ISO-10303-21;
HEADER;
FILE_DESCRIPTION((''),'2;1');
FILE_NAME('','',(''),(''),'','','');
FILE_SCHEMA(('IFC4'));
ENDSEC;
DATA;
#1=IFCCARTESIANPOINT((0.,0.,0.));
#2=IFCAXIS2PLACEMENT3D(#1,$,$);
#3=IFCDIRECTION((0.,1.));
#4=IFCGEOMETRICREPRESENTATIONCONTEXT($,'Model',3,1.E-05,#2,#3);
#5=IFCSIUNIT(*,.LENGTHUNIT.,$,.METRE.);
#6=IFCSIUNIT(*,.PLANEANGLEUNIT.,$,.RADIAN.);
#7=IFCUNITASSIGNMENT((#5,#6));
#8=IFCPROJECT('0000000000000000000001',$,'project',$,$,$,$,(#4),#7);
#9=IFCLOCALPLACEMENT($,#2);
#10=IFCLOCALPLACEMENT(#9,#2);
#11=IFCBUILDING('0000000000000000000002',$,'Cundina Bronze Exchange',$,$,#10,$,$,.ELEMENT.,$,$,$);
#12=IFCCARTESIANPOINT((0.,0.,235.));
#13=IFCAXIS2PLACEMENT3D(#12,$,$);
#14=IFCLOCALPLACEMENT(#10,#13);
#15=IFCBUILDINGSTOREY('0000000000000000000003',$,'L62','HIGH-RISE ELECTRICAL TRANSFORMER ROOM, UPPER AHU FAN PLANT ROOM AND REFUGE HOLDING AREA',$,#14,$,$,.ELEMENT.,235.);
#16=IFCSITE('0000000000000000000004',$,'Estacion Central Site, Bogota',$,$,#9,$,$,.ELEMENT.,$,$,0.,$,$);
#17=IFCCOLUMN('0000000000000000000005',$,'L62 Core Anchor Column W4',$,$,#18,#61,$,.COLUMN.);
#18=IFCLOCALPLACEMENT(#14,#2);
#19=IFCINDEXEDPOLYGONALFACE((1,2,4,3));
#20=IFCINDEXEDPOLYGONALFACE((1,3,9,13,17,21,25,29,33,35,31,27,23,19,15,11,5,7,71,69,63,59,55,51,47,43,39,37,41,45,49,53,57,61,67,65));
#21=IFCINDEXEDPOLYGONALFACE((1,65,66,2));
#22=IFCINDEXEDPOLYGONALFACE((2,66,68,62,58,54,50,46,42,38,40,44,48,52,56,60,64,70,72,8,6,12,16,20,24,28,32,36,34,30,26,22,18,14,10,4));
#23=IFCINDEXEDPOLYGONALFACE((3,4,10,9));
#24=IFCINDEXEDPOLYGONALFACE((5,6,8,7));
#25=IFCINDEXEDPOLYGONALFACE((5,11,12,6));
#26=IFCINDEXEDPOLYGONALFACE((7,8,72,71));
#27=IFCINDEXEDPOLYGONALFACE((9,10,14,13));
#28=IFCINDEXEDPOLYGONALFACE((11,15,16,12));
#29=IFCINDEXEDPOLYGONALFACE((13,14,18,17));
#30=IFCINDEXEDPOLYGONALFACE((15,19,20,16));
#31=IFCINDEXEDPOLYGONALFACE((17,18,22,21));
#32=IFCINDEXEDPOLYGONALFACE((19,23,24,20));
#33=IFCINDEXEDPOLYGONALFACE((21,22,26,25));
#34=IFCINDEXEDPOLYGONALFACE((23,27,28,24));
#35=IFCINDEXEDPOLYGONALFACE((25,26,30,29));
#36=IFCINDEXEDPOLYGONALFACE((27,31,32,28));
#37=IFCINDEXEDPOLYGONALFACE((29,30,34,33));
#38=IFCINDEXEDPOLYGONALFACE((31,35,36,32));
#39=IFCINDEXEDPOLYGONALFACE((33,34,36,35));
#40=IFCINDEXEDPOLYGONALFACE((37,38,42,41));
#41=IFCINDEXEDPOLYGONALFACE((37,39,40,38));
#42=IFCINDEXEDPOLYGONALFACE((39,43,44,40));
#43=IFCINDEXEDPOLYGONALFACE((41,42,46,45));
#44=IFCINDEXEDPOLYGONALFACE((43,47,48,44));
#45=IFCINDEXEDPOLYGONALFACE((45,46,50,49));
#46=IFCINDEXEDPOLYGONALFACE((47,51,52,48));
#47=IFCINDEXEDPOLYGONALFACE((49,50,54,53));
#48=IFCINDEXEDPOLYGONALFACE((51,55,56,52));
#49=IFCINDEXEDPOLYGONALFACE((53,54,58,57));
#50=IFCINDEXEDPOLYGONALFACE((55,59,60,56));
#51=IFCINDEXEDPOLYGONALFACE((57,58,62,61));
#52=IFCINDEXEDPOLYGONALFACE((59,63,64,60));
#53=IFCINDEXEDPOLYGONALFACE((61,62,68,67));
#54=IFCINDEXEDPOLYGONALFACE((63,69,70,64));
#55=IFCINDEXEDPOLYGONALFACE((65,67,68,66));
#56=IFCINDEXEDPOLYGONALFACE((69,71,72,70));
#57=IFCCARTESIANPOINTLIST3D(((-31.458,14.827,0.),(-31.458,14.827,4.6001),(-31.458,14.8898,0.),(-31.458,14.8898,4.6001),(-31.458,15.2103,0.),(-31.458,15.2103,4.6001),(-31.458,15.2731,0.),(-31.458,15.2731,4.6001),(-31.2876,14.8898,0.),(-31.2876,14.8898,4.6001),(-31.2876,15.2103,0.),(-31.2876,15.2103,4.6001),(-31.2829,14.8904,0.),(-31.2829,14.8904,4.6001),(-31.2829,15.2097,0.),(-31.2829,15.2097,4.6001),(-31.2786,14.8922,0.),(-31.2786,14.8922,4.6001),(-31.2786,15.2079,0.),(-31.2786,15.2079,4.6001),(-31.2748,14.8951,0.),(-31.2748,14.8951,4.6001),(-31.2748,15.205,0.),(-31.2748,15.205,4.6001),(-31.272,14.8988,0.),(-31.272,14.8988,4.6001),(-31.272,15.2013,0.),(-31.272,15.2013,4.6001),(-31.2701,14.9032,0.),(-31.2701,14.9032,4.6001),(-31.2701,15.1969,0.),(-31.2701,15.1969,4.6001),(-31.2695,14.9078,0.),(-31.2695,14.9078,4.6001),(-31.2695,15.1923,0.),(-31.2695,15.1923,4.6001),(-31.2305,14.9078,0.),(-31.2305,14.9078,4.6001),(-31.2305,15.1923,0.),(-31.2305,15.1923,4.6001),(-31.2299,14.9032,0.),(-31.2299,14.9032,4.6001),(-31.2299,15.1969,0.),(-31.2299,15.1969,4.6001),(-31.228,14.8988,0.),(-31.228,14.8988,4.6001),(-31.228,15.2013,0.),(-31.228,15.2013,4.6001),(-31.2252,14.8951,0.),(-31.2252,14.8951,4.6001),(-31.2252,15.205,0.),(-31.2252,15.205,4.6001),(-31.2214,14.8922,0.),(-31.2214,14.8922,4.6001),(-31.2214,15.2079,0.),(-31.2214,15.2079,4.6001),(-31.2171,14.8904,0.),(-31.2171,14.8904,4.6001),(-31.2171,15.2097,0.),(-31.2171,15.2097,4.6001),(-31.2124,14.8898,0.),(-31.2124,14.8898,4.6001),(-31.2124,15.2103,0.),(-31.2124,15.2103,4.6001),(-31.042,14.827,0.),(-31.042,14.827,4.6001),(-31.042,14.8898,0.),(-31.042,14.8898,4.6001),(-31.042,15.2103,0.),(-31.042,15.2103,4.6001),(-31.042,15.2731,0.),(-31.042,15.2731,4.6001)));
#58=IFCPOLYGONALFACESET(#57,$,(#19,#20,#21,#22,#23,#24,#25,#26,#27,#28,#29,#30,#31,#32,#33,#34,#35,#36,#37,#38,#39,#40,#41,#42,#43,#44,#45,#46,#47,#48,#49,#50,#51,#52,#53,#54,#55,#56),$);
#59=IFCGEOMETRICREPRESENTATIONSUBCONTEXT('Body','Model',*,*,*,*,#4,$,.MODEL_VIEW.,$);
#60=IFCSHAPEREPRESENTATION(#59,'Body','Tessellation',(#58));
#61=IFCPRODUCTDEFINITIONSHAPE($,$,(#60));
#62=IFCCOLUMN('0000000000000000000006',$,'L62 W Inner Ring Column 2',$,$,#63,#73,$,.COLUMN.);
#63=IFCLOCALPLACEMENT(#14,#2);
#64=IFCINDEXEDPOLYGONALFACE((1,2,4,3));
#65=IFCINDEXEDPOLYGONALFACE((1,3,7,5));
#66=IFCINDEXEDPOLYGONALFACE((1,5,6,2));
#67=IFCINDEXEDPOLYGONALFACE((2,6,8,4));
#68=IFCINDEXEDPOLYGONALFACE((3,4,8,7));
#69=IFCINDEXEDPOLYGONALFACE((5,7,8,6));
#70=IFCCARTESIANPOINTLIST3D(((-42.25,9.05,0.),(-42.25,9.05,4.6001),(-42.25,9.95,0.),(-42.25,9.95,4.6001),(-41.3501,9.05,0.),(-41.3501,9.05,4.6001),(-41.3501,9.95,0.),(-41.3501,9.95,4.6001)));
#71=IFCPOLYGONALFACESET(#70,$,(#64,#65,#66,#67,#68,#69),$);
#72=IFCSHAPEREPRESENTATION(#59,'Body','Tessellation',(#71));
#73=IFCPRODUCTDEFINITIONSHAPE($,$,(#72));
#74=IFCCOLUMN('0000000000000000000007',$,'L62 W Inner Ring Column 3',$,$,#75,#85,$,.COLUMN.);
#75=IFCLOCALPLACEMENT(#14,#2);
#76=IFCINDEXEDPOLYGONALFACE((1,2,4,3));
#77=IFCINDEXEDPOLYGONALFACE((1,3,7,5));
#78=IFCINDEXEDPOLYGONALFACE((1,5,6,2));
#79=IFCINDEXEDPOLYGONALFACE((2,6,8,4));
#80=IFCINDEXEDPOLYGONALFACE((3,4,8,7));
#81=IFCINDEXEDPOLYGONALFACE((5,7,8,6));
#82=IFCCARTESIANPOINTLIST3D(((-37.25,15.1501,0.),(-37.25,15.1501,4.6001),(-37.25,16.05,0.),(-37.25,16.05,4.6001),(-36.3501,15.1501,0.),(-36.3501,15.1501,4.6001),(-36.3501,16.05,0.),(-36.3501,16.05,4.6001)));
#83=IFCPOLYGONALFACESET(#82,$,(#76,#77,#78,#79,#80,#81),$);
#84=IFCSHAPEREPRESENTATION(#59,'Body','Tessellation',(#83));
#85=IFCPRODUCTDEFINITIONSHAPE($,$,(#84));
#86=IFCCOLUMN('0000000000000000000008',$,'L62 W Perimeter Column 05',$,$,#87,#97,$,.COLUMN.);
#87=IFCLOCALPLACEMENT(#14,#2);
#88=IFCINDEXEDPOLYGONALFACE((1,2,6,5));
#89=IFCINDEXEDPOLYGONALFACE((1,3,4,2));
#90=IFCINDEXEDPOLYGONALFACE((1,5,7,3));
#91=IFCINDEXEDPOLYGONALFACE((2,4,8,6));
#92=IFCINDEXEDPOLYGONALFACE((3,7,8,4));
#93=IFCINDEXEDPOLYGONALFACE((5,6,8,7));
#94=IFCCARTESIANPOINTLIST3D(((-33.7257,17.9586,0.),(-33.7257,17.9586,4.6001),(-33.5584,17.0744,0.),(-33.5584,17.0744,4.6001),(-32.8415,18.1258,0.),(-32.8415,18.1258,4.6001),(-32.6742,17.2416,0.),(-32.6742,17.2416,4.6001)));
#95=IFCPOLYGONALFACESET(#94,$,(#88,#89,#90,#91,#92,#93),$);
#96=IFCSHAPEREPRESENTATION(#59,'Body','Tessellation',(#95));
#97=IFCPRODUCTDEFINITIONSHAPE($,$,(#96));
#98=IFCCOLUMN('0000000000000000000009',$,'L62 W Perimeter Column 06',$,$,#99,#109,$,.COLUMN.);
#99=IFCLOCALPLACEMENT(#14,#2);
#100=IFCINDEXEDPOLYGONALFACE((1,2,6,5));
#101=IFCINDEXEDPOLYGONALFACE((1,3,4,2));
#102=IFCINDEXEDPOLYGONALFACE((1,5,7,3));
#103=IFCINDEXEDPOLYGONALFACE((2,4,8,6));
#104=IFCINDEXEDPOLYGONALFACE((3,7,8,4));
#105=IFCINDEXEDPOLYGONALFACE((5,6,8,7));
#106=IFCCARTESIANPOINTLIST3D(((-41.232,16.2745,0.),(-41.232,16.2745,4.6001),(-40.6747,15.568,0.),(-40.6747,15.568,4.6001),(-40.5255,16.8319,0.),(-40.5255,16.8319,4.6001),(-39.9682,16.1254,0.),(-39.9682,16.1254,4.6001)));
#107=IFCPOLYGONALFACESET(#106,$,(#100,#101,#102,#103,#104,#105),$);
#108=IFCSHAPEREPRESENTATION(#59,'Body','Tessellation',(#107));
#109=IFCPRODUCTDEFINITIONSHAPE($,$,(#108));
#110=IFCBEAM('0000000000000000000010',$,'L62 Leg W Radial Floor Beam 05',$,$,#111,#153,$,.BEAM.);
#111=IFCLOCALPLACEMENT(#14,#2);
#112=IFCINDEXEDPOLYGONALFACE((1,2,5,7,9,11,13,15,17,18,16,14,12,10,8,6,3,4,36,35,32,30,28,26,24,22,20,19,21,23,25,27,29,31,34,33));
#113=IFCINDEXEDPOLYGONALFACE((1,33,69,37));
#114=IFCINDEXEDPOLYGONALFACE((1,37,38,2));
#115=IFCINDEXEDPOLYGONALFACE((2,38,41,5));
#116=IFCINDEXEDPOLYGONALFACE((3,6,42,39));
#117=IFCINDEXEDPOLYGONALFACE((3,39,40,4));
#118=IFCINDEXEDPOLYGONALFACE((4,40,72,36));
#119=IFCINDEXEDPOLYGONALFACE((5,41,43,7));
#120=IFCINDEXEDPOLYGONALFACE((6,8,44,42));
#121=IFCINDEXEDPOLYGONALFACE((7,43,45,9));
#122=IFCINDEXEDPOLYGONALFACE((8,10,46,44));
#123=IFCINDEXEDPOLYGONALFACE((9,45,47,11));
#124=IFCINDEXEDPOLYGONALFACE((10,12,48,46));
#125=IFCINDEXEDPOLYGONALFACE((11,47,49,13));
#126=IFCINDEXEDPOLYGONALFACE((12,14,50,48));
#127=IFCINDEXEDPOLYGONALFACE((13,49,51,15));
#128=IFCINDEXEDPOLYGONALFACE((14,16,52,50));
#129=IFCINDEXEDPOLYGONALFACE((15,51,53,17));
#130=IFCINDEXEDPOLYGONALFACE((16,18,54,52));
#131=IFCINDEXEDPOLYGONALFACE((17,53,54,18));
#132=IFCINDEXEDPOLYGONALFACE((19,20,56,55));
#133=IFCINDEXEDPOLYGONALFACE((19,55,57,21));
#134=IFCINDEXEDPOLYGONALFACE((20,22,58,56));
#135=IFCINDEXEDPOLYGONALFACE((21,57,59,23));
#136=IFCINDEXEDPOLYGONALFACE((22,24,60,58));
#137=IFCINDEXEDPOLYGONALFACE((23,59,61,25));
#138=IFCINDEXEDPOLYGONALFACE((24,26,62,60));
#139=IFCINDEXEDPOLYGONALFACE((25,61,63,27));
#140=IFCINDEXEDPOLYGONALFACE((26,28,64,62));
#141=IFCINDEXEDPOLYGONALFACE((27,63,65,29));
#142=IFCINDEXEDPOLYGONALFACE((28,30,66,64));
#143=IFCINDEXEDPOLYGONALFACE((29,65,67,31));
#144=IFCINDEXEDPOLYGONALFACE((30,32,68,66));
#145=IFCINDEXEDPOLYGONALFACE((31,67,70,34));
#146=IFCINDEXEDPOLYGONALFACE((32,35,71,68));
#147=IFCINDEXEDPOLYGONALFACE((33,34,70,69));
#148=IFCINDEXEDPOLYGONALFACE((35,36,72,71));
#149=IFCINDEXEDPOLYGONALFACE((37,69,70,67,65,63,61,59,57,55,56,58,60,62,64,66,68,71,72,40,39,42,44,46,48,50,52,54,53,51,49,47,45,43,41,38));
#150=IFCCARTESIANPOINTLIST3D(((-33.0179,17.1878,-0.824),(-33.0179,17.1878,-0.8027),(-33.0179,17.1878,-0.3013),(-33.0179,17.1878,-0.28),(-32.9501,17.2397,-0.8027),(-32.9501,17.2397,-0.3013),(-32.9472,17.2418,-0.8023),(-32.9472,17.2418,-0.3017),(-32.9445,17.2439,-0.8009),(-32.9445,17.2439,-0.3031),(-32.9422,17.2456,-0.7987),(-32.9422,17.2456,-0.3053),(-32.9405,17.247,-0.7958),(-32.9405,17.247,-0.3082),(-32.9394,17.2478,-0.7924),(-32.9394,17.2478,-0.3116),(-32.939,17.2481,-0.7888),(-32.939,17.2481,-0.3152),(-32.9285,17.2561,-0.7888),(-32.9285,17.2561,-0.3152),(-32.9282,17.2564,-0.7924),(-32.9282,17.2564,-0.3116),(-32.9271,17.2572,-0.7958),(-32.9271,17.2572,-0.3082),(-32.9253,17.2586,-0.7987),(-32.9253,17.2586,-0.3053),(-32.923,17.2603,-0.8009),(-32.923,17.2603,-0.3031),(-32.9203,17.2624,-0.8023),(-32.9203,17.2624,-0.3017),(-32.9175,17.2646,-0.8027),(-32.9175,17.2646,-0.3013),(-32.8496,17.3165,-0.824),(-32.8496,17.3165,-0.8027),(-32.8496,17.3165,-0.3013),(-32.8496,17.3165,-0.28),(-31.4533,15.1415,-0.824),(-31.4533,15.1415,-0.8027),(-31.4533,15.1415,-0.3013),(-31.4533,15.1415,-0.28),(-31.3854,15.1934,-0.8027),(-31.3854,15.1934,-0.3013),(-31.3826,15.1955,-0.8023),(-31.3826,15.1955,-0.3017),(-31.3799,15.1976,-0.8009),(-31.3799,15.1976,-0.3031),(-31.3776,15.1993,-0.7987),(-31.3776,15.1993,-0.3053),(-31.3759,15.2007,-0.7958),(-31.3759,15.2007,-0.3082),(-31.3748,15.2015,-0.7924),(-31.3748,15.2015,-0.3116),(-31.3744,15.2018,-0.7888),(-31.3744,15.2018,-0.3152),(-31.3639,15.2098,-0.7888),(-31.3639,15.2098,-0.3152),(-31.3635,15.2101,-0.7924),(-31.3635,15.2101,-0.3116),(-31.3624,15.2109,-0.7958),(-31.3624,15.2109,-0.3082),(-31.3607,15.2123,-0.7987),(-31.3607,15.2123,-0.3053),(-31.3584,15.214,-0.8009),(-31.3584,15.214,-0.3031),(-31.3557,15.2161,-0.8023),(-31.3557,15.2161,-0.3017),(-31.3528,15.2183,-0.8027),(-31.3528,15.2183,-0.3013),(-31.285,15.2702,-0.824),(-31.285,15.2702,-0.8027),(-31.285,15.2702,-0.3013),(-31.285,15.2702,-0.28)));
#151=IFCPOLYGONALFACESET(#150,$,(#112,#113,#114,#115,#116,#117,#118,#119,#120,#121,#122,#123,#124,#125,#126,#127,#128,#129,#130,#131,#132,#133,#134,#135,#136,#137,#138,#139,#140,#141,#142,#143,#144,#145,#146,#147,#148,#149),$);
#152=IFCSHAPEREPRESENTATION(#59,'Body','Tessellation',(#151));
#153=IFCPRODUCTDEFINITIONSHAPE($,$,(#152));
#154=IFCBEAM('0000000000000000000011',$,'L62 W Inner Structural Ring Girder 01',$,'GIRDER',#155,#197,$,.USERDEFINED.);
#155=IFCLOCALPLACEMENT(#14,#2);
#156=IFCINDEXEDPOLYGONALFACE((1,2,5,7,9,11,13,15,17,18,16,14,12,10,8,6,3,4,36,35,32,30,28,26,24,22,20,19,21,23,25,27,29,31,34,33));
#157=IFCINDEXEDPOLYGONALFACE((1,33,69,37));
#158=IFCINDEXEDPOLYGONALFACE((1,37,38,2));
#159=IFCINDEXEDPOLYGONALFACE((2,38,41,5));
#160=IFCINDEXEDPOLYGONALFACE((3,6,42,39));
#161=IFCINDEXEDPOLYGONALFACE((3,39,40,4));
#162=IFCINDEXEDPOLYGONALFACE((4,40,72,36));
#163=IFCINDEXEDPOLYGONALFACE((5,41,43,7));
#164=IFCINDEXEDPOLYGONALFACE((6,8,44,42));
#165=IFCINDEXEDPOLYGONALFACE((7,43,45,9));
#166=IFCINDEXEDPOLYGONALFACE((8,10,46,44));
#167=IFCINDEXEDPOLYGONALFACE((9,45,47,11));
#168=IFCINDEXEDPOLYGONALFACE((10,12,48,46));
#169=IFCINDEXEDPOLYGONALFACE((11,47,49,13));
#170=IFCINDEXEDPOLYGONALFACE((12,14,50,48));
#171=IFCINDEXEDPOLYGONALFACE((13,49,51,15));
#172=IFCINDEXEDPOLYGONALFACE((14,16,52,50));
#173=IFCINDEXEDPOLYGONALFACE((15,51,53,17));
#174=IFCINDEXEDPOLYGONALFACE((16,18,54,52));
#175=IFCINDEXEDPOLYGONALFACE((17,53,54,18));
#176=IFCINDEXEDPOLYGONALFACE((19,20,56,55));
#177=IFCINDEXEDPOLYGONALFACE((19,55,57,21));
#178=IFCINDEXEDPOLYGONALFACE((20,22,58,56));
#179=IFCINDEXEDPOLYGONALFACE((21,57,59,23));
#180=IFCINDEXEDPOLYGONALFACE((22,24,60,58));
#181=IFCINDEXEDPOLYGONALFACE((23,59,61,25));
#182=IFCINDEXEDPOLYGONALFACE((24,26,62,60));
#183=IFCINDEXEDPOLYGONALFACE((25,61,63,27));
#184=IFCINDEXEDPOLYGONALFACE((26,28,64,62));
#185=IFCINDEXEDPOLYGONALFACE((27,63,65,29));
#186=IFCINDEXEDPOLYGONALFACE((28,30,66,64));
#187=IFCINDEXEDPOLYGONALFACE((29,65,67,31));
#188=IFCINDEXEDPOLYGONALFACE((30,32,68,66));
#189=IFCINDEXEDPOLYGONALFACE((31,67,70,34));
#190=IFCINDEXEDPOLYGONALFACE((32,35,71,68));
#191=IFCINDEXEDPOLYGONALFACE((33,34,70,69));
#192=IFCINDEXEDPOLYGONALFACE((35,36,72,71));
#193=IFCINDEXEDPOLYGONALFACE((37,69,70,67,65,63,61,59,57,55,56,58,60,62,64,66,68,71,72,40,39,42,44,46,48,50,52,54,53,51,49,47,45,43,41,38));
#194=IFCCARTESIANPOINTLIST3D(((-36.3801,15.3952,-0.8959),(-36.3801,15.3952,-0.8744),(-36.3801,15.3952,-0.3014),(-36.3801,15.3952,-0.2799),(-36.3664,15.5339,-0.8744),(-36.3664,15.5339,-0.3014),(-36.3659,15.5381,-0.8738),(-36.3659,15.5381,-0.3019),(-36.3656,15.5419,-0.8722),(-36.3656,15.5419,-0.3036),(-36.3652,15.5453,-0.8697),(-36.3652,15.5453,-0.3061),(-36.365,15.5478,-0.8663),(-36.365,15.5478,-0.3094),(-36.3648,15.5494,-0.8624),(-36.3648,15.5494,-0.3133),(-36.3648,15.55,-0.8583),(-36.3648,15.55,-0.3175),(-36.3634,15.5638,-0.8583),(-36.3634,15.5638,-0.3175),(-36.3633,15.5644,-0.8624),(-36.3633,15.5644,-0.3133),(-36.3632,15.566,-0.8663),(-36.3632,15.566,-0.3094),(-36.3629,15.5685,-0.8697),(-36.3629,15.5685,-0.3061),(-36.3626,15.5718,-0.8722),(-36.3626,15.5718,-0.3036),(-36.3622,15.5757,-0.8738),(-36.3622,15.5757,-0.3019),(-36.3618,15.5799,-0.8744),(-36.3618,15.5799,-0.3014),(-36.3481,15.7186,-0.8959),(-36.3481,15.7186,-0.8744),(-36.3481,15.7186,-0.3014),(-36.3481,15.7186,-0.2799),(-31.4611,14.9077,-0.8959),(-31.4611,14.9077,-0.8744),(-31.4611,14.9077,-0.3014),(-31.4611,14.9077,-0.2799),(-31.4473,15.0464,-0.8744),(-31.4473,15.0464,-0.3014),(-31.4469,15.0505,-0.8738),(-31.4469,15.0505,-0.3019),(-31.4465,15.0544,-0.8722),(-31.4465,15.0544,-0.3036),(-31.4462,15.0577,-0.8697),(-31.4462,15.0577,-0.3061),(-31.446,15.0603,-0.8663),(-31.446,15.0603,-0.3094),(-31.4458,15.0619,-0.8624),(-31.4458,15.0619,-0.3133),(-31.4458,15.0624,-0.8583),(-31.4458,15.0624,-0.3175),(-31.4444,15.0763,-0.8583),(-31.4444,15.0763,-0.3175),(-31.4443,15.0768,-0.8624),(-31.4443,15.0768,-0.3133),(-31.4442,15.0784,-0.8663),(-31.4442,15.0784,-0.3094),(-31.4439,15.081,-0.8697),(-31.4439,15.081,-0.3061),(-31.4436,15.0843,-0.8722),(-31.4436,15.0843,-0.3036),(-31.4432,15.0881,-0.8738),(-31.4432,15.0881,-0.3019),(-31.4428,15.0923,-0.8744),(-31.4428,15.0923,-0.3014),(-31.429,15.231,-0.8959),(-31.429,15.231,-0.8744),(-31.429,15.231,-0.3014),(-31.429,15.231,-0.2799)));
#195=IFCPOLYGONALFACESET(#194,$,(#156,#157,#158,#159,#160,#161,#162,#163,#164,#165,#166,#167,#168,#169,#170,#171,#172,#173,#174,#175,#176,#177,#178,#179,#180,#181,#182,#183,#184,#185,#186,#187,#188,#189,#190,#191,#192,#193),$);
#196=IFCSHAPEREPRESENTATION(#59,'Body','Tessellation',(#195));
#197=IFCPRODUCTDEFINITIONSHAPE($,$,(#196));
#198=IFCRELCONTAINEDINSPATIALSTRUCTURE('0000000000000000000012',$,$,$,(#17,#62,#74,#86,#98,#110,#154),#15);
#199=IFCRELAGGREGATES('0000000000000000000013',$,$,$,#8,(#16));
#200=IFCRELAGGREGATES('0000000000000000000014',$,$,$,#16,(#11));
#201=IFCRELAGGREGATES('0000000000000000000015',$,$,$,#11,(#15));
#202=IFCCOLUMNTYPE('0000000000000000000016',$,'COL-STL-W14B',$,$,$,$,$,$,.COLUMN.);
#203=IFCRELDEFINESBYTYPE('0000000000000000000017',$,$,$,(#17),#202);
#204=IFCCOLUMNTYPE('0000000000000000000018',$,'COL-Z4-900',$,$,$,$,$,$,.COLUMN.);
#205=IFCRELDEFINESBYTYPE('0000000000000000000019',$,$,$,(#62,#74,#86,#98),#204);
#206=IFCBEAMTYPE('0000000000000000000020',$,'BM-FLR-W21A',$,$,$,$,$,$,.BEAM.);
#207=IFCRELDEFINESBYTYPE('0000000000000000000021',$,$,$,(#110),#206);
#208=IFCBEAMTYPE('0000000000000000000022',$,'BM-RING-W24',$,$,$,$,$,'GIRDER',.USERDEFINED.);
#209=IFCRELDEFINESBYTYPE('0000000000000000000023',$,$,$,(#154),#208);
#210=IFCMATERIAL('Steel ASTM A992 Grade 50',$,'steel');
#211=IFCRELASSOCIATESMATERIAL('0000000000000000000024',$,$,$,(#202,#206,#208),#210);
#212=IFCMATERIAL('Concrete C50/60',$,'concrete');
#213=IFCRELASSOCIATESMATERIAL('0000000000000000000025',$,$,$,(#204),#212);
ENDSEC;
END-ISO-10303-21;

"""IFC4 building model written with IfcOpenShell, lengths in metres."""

from ifc_helpers import new_model, si_unit, direction, frame, origin, origin_2d, place, context, subcontext, project, spatial, rectangle, i_section, extrude, material, material_profile, profile_set, type_object, element, save


model = new_model("IFC4")

# Units and contexts
model_context = context("Model", 3, precision=1e-05, world=origin(), true_north=direction((0.0, 1.0)))
body_context = subcontext(model_context, "Body", "Model", "MODEL_VIEW")
ifc_project = project(units=[si_unit("LENGTHUNIT", "METRE"), si_unit("PLANEANGLEUNIT", "RADIAN")], contexts=[model_context])

# Site, building, storey
site_placement = place(None, origin())
site = spatial("IfcSite", under=ifc_project, at=site_placement, Name="Estacion Central Site, Bogota", CompositionType="ELEMENT", RefElevation=0.0)
building_placement = place(site_placement, origin())
building = spatial("IfcBuilding", under=site, at=building_placement, Name="Cundina Bronze Exchange", CompositionType="ELEMENT")
storey_placement = place(building_placement, frame((0.0, 0.0, 235.0)))
storey = spatial("IfcBuildingStorey", under=building, at=storey_placement, Name="L62", Description="HIGH-RISE ELECTRICAL TRANSFORMER ROOM, UPPER AHU FAN PLANT ROOM AND REFUGE HOLDING AREA", CompositionType="ELEMENT", Elevation=235.0)

# Columns
ifc_material_1 = material(Name="Steel ASTM A992 Grade 50", Category="steel")
ifc_material_profile_1 = material_profile(ifc_material_1, i_section(OverallWidth=0.416, OverallDepth=0.446, WebThickness=0.0391, FlangeThickness=0.0627, FilletRadius=0.0181, at=origin_2d()), Name="W14X342", Category="steel")
ifc_profile_set_1 = profile_set([ifc_material_profile_1], Name="Steel ASTM A992 Grade 50")
column_type_1 = type_object("IfcColumnType", Name="COL-STL-W14B", PredefinedType="COLUMN", material=ifc_profile_set_1)
column_placement = place(storey_placement, frame((-31.25, 15.05, 0.0), z_axis=(0.0, 0.0, 1.0), x_axis=(1.0, 0.0, 0.0)))
element("IfcColumn", 1, at=column_placement, inside=storey, type_object=column_type_1, Name="L62 Core Anchor Column W4", PredefinedType="COLUMN", context=body_context, shape_type="SweptSolid", body=[
    extrude(i_section(OverallWidth=0.416, OverallDepth=0.446, WebThickness=0.0391, FlangeThickness=0.0627, FilletRadius=0.0181, at=origin_2d()), origin(), (0.0, 0.0, 1.0), 4.6001),
])
ifc_material_2 = material(Name="Concrete C50/60", Category="concrete")
ifc_material_profile_2 = material_profile(ifc_material_2, rectangle(XDim=0.8999, YDim=0.8999, at=origin_2d()), Name="RC900X900", Category="concrete")
ifc_profile_set_2 = profile_set([ifc_material_profile_2], Name="Concrete C50/60")
column_type_2 = type_object("IfcColumnType", Name="COL-Z4-900", PredefinedType="COLUMN", material=ifc_profile_set_2)
for number, where, z_axis, x_axis, name in (
    (2, (-41.8, 9.5, 0.0), (0.0, 0.0, 1.0), (1.0, 0.0, 0.0), "L62 W Inner Ring Column 2"),
    (3, (-36.8, 15.6001, 0.0), (0.0, 0.0, 1.0), (1.0, 0.0, 0.0), "L62 W Inner Ring Column 3"),
    (4, (-33.2, 17.6001, 0.0), (0.0, 0.0, 1.0), (-0.98258, -0.185838, 0.0), "L62 W Perimeter Column 05"),
    (5, (-40.6001, 16.2, 0.0), (0.0, 0.0, 1.0), (-0.785101, -0.619368, 0.0), "L62 W Perimeter Column 06"),
):
    element("IfcColumn", number, at=place(storey_placement, frame(where, z_axis=z_axis, x_axis=x_axis)), inside=storey, type_object=column_type_2, Name=name, PredefinedType="COLUMN", context=body_context, shape_type="SweptSolid", body=[
        extrude(rectangle(XDim=0.8999, YDim=0.8999, at=origin_2d()), origin(), (0.0, 0.0, 1.0), 4.6001),
    ])

# Beams
ifc_material_profile_3 = material_profile(ifc_material_1, i_section(OverallWidth=0.2119, OverallDepth=0.5439, WebThickness=0.0132, FlangeThickness=0.0212, FilletRadius=0.0139, at=origin_2d()), Name="W21X83", Category="steel")
ifc_profile_set_3 = profile_set([ifc_material_profile_3], Name="Steel ASTM A992 Grade 50")
beam_type_1 = type_object("IfcBeamType", Name="BM-FLR-W21A", PredefinedType="BEAM", material=ifc_profile_set_3)
beam_1_placement = place(storey_placement, frame((-31.3691, 15.2058, -0.552), z_axis=(-0.607404, 0.794393, 0.0), x_axis=(-0.794393, -0.607404, 0.0)))
element("IfcBeam", 6, at=beam_1_placement, inside=storey, type_object=beam_type_1, Name="L62 Leg W Radial Floor Beam 05", PredefinedType="BEAM", context=body_context, shape_type="SweptSolid", body=[
    extrude(i_section(OverallWidth=0.2119, OverallDepth=0.5439, WebThickness=0.0132, FlangeThickness=0.0212, FilletRadius=0.0139, at=origin_2d()), origin(), (0.0, 0.0, 1.0), 2.5759),
])
ifc_material_profile_4 = material_profile(ifc_material_1, i_section(OverallWidth=0.325, OverallDepth=0.616, WebThickness=0.0139, FlangeThickness=0.0215, FilletRadius=0.0161, at=origin_2d()), Name="W24X117", Category="steel")
ifc_profile_set_4 = profile_set([ifc_material_profile_4], Name="Steel ASTM A992 Grade 50")
beam_type_2 = type_object("IfcBeamType", Name="BM-RING-W24", ElementType="GIRDER", PredefinedType="USERDEFINED", material=ifc_profile_set_4)
beam_2_placement = place(storey_placement, frame((-31.4451, 15.0693, -0.5879), z_axis=(-0.995124, 0.098633, 0.0), x_axis=(-0.098633, -0.995124, 0.0)))
element("IfcBeam", 7, at=beam_2_placement, inside=storey, type_object=beam_type_2, Name="L62 W Inner Structural Ring Girder 01", ObjectType="GIRDER", PredefinedType="USERDEFINED", context=body_context, shape_type="SweptSolid", body=[
    extrude(i_section(OverallWidth=0.325, OverallDepth=0.616, WebThickness=0.0139, FlangeThickness=0.0215, FilletRadius=0.0161, at=origin_2d()), origin(), (0.0, 0.0, 1.0), 4.9431),
])

save(model, "model.ifc")
